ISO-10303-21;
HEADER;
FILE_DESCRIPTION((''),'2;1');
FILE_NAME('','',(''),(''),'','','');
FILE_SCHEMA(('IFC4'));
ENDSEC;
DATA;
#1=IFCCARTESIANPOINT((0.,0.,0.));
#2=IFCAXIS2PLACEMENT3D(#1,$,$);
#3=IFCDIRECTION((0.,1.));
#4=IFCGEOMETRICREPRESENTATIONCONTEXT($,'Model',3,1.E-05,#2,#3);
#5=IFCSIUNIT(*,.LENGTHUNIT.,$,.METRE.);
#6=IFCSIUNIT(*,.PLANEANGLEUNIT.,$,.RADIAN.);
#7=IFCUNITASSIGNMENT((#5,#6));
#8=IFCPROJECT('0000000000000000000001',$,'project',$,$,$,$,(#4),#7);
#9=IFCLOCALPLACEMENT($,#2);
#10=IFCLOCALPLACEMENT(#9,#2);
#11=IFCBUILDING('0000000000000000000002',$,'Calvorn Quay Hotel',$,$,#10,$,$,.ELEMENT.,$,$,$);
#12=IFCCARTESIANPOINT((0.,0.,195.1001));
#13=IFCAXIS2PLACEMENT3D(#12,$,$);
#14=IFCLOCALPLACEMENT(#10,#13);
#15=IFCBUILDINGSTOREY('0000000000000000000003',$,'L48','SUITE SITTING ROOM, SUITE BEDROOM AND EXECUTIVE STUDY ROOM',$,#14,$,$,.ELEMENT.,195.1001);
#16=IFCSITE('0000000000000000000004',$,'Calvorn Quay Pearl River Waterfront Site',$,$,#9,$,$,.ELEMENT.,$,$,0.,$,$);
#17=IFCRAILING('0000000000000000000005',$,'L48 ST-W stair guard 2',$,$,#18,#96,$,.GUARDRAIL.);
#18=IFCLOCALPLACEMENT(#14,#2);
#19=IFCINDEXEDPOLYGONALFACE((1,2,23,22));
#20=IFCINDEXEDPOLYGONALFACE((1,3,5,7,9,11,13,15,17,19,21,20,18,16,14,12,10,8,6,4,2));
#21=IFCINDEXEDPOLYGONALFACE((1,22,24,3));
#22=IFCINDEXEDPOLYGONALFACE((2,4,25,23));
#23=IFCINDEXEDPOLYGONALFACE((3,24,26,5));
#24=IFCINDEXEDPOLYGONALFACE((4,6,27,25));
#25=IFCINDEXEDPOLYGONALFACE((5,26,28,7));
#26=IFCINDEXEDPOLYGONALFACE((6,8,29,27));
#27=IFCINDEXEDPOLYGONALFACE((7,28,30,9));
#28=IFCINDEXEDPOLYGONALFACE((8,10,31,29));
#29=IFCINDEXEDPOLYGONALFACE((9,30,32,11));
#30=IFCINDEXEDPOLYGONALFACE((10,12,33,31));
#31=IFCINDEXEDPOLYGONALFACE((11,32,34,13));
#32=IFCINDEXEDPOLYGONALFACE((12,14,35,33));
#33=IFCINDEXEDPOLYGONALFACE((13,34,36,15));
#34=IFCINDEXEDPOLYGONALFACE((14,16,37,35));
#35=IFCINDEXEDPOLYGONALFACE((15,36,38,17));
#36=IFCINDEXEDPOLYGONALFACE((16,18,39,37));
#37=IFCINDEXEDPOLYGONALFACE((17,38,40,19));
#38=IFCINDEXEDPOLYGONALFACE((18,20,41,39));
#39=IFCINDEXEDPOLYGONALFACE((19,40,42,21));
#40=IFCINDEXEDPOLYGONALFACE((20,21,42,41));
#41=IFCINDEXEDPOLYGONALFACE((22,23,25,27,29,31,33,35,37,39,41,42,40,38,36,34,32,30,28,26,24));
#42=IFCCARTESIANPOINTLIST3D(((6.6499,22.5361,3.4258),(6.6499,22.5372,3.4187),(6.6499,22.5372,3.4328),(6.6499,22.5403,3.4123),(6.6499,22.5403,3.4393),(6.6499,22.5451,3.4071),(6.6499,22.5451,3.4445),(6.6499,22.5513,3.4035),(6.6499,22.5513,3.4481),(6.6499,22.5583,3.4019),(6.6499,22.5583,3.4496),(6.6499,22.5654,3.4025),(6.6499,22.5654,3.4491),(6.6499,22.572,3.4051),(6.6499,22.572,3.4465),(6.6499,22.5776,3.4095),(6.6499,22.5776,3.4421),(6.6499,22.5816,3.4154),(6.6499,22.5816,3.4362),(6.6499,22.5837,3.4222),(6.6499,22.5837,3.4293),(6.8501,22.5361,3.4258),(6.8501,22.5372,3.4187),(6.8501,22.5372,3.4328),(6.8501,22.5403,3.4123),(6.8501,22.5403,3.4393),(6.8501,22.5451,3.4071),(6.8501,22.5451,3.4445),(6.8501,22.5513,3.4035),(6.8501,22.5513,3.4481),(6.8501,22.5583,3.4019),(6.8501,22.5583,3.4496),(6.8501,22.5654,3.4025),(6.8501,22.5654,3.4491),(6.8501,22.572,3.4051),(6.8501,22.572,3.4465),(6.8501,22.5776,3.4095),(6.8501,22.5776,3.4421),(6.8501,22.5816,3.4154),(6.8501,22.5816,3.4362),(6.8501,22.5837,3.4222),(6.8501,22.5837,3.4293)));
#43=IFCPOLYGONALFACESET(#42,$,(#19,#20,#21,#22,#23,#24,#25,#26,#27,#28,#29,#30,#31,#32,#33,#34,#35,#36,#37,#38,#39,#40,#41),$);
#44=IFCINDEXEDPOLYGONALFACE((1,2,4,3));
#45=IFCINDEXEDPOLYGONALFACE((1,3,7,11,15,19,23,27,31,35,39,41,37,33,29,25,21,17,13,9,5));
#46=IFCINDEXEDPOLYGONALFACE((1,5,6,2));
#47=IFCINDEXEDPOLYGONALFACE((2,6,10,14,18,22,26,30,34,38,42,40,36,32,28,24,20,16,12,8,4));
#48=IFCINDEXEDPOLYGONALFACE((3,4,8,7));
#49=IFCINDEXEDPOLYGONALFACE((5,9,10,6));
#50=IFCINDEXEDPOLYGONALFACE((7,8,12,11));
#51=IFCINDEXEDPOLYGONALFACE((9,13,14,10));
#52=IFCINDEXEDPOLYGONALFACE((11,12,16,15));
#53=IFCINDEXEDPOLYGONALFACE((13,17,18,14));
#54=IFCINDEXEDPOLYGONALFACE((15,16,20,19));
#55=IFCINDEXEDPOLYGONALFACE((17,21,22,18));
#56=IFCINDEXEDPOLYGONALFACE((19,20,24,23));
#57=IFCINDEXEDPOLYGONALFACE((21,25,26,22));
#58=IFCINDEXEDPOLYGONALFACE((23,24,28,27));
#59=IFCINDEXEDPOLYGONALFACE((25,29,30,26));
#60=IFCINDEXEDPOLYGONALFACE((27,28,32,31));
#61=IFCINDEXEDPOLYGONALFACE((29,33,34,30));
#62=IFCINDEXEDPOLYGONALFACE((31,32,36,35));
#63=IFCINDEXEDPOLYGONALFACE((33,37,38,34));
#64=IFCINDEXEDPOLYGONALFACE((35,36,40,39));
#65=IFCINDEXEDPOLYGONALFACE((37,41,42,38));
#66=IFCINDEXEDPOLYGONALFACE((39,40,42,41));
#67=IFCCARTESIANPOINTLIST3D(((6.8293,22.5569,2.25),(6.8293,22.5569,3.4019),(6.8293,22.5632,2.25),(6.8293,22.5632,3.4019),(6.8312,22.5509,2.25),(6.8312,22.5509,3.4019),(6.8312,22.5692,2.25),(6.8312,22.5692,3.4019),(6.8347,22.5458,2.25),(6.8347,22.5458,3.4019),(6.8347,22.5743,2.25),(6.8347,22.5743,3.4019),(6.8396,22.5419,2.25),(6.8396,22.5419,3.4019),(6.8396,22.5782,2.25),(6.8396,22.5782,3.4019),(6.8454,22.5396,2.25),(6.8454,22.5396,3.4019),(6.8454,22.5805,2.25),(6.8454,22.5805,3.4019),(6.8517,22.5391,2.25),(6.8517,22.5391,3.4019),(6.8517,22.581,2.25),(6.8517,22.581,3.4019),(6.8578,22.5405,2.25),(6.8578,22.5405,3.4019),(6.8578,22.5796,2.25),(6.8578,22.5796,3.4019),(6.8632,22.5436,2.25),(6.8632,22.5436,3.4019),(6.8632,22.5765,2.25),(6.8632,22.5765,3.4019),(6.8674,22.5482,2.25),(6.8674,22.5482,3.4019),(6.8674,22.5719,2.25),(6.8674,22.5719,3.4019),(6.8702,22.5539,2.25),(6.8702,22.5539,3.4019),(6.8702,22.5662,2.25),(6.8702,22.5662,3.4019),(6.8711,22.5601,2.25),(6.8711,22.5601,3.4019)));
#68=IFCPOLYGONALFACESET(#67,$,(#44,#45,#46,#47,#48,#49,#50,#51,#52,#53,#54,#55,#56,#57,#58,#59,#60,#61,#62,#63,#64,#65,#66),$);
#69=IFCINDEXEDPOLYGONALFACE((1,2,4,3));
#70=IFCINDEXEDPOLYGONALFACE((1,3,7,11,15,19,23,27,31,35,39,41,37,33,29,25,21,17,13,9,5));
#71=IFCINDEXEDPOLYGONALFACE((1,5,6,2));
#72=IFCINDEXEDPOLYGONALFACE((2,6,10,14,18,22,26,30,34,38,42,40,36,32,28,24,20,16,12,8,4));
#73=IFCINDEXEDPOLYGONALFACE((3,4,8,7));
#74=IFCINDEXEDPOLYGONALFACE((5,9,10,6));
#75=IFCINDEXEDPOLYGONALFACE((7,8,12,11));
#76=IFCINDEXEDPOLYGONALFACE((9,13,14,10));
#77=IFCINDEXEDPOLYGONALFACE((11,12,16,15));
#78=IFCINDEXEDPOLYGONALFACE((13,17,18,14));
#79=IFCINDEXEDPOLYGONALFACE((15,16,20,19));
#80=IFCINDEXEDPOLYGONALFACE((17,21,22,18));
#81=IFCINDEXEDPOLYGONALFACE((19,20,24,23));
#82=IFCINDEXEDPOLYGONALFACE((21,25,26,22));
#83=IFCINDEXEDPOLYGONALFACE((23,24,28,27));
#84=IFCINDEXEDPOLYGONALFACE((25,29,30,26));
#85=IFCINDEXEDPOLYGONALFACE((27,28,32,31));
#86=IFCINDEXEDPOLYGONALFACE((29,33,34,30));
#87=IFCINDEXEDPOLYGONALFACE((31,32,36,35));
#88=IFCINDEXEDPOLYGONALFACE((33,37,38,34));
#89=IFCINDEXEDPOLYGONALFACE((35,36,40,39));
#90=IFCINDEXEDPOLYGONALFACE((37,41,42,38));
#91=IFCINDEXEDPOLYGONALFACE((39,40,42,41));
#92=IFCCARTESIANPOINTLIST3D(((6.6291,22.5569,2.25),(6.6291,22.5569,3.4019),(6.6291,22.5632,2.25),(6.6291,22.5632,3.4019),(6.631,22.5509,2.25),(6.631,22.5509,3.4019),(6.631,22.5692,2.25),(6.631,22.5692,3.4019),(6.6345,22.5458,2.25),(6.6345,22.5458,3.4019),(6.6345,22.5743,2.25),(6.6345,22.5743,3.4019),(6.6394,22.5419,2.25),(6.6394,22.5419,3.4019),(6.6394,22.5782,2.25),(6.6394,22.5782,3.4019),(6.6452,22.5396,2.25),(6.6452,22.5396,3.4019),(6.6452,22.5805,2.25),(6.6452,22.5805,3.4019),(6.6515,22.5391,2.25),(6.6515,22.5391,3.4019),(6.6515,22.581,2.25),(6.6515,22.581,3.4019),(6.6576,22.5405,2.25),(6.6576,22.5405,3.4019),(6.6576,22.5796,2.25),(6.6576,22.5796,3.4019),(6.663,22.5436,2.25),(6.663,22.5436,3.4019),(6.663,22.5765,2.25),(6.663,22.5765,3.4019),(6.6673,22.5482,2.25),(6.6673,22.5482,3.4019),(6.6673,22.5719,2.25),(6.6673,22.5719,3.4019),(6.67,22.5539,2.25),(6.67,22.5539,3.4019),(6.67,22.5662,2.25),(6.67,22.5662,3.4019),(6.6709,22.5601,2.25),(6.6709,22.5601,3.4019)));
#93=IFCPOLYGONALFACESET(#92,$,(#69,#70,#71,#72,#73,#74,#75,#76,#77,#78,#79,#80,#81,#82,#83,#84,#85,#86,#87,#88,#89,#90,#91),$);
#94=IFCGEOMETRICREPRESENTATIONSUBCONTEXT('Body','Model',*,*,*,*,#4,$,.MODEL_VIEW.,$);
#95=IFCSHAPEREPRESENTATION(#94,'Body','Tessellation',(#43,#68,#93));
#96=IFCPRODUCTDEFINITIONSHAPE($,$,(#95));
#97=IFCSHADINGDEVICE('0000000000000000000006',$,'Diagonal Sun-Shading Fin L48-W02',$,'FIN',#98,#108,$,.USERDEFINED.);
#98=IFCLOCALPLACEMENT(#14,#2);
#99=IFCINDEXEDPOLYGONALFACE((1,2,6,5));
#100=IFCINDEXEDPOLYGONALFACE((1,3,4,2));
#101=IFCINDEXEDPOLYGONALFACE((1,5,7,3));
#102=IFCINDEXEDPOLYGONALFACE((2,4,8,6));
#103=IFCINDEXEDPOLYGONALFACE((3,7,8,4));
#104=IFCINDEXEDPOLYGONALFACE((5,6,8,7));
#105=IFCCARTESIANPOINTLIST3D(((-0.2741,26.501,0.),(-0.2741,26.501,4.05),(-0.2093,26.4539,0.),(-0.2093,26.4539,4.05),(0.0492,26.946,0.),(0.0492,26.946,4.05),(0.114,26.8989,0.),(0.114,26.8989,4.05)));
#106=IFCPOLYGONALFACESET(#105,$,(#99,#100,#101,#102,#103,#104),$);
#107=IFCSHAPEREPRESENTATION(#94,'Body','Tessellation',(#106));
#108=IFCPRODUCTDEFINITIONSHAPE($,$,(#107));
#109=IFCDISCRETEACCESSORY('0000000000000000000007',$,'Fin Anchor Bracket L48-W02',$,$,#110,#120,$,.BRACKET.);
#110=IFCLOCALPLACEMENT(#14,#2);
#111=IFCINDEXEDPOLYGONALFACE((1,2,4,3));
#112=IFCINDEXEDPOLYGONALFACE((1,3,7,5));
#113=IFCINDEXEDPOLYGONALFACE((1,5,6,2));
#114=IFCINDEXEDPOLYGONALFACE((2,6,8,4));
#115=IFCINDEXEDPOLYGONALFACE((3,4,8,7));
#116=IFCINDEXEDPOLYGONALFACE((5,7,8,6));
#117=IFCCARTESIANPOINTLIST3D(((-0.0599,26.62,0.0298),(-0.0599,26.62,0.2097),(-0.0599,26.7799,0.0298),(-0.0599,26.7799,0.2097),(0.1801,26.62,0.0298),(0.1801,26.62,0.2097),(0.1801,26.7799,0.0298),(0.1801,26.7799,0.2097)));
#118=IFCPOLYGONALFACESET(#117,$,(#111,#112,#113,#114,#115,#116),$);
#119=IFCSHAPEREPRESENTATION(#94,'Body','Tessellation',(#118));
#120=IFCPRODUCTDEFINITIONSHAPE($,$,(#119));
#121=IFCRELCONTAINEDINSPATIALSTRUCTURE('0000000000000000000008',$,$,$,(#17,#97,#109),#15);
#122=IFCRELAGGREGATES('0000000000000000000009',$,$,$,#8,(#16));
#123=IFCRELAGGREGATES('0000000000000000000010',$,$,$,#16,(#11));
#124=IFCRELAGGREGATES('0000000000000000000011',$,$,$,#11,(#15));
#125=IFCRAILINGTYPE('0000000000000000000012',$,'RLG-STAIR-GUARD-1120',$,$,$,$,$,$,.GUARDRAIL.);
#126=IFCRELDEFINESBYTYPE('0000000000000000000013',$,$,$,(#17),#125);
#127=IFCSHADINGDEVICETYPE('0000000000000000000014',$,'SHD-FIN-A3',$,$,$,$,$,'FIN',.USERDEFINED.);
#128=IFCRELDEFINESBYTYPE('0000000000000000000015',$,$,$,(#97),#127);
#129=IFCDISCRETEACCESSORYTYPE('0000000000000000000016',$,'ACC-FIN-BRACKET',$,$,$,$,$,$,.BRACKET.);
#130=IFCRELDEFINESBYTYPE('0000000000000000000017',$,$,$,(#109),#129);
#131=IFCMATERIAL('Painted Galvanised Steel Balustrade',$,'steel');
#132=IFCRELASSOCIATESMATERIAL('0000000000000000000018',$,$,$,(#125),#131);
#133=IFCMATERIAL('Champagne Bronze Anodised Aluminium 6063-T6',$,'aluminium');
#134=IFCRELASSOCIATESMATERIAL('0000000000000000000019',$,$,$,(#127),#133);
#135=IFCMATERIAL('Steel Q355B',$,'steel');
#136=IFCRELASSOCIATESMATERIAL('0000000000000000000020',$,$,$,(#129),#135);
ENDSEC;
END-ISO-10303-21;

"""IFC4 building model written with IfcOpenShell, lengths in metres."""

from ifc_helpers import new_model, si_unit, direction, frame, origin, origin_2d, place, context, subcontext, project, spatial, rectangle, circle, extrude, material, type_object, element, save


model = new_model("IFC4")

# Units and contexts
model_context = context("Model", 3, precision=1e-05, world=origin(), true_north=direction((0.0, 1.0)))
body_context = subcontext(model_context, "Body", "Model", "MODEL_VIEW")
ifc_project = project(units=[si_unit("LENGTHUNIT", "METRE"), si_unit("PLANEANGLEUNIT", "RADIAN")], contexts=[model_context])

# Site, building, storey
site_placement = place(None, origin())
site = spatial("IfcSite", under=ifc_project, at=site_placement, Name="Calvorn Quay Pearl River Waterfront Site", CompositionType="ELEMENT", RefElevation=0.0)
building_placement = place(site_placement, origin())
building = spatial("IfcBuilding", under=site, at=building_placement, Name="Calvorn Quay Hotel", CompositionType="ELEMENT")
storey_placement = place(building_placement, frame((0.0, 0.0, 195.1001)))
storey = spatial("IfcBuildingStorey", under=building, at=storey_placement, Name="L48", Description="SUITE SITTING ROOM, SUITE BEDROOM AND EXECUTIVE STUDY ROOM", CompositionType="ELEMENT", Elevation=195.1001)

# Railing
ifc_material_1 = material(Name="Painted Galvanised Steel Balustrade", Category="steel")
railing_type = type_object("IfcRailingType", Name="RLG-STAIR-GUARD-1120", PredefinedType="GUARDRAIL", material=ifc_material_1)
railing_placement = place(storey_placement, frame((6.8501, 22.5601, 2.25)))
element("IfcRailing", 1, at=railing_placement, inside=storey, type_object=railing_type, Name="L48 ST-W stair guard 2", PredefinedType="GUARDRAIL", context=body_context, shape_type="SweptSolid", body=[
    extrude(circle(Radius=0.0239, at=origin_2d()), frame((0.0, 0.0, 1.1758), z_axis=(-1.0, 0.0, 0.0), x_axis=(0.0, -1.0, 0.0)), (0.0, 0.0, 1.0), 0.2002),
    extrude(circle(Radius=0.021, at=origin_2d()), origin(), (0.0, 0.0, 1.0), 1.1519),
    extrude(circle(Radius=0.021, at=origin_2d()), frame((-0.2002, 0.0, 0.0)), (0.0, 0.0, 1.0), 1.1519),
])

# Shading device
ifc_material_2 = material(Name="Champagne Bronze Anodised Aluminium 6063-T6", Category="aluminium")
shading_device_type = type_object("IfcShadingDeviceType", Name="SHD-FIN-A3", ElementType="FIN", PredefinedType="USERDEFINED", material=ifc_material_2)
shading_device_placement = place(storey_placement, frame((-0.0801, 26.7, 0.0), z_axis=(0.0, 0.0, 1.0), x_axis=(0.587785, 0.809017, 0.0)))
element("IfcShadingDevice", 2, at=shading_device_placement, inside=storey, type_object=shading_device_type, Name="Diagonal Sun-Shading Fin L48-W02", ObjectType="FIN", PredefinedType="USERDEFINED", context=body_context, shape_type="SweptSolid", body=[
    extrude(rectangle(XDim=0.55, YDim=0.0801, at=origin_2d()), origin(), (0.0, 0.0, 1.0), 4.05),
])

# Discrete accessory
ifc_material_3 = material(Name="Steel Q355B", Category="steel")
discrete_accessory_type = type_object("IfcDiscreteAccessoryType", Name="ACC-FIN-BRACKET", PredefinedType="BRACKET", material=ifc_material_3)
discrete_accessory_placement = place(storey_placement, frame((0.0601, 26.7, 0.0298), z_axis=(0.0, 0.0, 1.0), x_axis=(1.0, 0.0, 0.0)))
element("IfcDiscreteAccessory", 3, at=discrete_accessory_placement, inside=storey, type_object=discrete_accessory_type, Name="Fin Anchor Bracket L48-W02", PredefinedType="BRACKET", context=body_context, shape_type="SweptSolid", body=[
    extrude(rectangle(XDim=0.24, YDim=0.1599, at=origin_2d()), origin(), (0.0, 0.0, 1.0), 0.1799),
])

save(model, "model.ifc")
